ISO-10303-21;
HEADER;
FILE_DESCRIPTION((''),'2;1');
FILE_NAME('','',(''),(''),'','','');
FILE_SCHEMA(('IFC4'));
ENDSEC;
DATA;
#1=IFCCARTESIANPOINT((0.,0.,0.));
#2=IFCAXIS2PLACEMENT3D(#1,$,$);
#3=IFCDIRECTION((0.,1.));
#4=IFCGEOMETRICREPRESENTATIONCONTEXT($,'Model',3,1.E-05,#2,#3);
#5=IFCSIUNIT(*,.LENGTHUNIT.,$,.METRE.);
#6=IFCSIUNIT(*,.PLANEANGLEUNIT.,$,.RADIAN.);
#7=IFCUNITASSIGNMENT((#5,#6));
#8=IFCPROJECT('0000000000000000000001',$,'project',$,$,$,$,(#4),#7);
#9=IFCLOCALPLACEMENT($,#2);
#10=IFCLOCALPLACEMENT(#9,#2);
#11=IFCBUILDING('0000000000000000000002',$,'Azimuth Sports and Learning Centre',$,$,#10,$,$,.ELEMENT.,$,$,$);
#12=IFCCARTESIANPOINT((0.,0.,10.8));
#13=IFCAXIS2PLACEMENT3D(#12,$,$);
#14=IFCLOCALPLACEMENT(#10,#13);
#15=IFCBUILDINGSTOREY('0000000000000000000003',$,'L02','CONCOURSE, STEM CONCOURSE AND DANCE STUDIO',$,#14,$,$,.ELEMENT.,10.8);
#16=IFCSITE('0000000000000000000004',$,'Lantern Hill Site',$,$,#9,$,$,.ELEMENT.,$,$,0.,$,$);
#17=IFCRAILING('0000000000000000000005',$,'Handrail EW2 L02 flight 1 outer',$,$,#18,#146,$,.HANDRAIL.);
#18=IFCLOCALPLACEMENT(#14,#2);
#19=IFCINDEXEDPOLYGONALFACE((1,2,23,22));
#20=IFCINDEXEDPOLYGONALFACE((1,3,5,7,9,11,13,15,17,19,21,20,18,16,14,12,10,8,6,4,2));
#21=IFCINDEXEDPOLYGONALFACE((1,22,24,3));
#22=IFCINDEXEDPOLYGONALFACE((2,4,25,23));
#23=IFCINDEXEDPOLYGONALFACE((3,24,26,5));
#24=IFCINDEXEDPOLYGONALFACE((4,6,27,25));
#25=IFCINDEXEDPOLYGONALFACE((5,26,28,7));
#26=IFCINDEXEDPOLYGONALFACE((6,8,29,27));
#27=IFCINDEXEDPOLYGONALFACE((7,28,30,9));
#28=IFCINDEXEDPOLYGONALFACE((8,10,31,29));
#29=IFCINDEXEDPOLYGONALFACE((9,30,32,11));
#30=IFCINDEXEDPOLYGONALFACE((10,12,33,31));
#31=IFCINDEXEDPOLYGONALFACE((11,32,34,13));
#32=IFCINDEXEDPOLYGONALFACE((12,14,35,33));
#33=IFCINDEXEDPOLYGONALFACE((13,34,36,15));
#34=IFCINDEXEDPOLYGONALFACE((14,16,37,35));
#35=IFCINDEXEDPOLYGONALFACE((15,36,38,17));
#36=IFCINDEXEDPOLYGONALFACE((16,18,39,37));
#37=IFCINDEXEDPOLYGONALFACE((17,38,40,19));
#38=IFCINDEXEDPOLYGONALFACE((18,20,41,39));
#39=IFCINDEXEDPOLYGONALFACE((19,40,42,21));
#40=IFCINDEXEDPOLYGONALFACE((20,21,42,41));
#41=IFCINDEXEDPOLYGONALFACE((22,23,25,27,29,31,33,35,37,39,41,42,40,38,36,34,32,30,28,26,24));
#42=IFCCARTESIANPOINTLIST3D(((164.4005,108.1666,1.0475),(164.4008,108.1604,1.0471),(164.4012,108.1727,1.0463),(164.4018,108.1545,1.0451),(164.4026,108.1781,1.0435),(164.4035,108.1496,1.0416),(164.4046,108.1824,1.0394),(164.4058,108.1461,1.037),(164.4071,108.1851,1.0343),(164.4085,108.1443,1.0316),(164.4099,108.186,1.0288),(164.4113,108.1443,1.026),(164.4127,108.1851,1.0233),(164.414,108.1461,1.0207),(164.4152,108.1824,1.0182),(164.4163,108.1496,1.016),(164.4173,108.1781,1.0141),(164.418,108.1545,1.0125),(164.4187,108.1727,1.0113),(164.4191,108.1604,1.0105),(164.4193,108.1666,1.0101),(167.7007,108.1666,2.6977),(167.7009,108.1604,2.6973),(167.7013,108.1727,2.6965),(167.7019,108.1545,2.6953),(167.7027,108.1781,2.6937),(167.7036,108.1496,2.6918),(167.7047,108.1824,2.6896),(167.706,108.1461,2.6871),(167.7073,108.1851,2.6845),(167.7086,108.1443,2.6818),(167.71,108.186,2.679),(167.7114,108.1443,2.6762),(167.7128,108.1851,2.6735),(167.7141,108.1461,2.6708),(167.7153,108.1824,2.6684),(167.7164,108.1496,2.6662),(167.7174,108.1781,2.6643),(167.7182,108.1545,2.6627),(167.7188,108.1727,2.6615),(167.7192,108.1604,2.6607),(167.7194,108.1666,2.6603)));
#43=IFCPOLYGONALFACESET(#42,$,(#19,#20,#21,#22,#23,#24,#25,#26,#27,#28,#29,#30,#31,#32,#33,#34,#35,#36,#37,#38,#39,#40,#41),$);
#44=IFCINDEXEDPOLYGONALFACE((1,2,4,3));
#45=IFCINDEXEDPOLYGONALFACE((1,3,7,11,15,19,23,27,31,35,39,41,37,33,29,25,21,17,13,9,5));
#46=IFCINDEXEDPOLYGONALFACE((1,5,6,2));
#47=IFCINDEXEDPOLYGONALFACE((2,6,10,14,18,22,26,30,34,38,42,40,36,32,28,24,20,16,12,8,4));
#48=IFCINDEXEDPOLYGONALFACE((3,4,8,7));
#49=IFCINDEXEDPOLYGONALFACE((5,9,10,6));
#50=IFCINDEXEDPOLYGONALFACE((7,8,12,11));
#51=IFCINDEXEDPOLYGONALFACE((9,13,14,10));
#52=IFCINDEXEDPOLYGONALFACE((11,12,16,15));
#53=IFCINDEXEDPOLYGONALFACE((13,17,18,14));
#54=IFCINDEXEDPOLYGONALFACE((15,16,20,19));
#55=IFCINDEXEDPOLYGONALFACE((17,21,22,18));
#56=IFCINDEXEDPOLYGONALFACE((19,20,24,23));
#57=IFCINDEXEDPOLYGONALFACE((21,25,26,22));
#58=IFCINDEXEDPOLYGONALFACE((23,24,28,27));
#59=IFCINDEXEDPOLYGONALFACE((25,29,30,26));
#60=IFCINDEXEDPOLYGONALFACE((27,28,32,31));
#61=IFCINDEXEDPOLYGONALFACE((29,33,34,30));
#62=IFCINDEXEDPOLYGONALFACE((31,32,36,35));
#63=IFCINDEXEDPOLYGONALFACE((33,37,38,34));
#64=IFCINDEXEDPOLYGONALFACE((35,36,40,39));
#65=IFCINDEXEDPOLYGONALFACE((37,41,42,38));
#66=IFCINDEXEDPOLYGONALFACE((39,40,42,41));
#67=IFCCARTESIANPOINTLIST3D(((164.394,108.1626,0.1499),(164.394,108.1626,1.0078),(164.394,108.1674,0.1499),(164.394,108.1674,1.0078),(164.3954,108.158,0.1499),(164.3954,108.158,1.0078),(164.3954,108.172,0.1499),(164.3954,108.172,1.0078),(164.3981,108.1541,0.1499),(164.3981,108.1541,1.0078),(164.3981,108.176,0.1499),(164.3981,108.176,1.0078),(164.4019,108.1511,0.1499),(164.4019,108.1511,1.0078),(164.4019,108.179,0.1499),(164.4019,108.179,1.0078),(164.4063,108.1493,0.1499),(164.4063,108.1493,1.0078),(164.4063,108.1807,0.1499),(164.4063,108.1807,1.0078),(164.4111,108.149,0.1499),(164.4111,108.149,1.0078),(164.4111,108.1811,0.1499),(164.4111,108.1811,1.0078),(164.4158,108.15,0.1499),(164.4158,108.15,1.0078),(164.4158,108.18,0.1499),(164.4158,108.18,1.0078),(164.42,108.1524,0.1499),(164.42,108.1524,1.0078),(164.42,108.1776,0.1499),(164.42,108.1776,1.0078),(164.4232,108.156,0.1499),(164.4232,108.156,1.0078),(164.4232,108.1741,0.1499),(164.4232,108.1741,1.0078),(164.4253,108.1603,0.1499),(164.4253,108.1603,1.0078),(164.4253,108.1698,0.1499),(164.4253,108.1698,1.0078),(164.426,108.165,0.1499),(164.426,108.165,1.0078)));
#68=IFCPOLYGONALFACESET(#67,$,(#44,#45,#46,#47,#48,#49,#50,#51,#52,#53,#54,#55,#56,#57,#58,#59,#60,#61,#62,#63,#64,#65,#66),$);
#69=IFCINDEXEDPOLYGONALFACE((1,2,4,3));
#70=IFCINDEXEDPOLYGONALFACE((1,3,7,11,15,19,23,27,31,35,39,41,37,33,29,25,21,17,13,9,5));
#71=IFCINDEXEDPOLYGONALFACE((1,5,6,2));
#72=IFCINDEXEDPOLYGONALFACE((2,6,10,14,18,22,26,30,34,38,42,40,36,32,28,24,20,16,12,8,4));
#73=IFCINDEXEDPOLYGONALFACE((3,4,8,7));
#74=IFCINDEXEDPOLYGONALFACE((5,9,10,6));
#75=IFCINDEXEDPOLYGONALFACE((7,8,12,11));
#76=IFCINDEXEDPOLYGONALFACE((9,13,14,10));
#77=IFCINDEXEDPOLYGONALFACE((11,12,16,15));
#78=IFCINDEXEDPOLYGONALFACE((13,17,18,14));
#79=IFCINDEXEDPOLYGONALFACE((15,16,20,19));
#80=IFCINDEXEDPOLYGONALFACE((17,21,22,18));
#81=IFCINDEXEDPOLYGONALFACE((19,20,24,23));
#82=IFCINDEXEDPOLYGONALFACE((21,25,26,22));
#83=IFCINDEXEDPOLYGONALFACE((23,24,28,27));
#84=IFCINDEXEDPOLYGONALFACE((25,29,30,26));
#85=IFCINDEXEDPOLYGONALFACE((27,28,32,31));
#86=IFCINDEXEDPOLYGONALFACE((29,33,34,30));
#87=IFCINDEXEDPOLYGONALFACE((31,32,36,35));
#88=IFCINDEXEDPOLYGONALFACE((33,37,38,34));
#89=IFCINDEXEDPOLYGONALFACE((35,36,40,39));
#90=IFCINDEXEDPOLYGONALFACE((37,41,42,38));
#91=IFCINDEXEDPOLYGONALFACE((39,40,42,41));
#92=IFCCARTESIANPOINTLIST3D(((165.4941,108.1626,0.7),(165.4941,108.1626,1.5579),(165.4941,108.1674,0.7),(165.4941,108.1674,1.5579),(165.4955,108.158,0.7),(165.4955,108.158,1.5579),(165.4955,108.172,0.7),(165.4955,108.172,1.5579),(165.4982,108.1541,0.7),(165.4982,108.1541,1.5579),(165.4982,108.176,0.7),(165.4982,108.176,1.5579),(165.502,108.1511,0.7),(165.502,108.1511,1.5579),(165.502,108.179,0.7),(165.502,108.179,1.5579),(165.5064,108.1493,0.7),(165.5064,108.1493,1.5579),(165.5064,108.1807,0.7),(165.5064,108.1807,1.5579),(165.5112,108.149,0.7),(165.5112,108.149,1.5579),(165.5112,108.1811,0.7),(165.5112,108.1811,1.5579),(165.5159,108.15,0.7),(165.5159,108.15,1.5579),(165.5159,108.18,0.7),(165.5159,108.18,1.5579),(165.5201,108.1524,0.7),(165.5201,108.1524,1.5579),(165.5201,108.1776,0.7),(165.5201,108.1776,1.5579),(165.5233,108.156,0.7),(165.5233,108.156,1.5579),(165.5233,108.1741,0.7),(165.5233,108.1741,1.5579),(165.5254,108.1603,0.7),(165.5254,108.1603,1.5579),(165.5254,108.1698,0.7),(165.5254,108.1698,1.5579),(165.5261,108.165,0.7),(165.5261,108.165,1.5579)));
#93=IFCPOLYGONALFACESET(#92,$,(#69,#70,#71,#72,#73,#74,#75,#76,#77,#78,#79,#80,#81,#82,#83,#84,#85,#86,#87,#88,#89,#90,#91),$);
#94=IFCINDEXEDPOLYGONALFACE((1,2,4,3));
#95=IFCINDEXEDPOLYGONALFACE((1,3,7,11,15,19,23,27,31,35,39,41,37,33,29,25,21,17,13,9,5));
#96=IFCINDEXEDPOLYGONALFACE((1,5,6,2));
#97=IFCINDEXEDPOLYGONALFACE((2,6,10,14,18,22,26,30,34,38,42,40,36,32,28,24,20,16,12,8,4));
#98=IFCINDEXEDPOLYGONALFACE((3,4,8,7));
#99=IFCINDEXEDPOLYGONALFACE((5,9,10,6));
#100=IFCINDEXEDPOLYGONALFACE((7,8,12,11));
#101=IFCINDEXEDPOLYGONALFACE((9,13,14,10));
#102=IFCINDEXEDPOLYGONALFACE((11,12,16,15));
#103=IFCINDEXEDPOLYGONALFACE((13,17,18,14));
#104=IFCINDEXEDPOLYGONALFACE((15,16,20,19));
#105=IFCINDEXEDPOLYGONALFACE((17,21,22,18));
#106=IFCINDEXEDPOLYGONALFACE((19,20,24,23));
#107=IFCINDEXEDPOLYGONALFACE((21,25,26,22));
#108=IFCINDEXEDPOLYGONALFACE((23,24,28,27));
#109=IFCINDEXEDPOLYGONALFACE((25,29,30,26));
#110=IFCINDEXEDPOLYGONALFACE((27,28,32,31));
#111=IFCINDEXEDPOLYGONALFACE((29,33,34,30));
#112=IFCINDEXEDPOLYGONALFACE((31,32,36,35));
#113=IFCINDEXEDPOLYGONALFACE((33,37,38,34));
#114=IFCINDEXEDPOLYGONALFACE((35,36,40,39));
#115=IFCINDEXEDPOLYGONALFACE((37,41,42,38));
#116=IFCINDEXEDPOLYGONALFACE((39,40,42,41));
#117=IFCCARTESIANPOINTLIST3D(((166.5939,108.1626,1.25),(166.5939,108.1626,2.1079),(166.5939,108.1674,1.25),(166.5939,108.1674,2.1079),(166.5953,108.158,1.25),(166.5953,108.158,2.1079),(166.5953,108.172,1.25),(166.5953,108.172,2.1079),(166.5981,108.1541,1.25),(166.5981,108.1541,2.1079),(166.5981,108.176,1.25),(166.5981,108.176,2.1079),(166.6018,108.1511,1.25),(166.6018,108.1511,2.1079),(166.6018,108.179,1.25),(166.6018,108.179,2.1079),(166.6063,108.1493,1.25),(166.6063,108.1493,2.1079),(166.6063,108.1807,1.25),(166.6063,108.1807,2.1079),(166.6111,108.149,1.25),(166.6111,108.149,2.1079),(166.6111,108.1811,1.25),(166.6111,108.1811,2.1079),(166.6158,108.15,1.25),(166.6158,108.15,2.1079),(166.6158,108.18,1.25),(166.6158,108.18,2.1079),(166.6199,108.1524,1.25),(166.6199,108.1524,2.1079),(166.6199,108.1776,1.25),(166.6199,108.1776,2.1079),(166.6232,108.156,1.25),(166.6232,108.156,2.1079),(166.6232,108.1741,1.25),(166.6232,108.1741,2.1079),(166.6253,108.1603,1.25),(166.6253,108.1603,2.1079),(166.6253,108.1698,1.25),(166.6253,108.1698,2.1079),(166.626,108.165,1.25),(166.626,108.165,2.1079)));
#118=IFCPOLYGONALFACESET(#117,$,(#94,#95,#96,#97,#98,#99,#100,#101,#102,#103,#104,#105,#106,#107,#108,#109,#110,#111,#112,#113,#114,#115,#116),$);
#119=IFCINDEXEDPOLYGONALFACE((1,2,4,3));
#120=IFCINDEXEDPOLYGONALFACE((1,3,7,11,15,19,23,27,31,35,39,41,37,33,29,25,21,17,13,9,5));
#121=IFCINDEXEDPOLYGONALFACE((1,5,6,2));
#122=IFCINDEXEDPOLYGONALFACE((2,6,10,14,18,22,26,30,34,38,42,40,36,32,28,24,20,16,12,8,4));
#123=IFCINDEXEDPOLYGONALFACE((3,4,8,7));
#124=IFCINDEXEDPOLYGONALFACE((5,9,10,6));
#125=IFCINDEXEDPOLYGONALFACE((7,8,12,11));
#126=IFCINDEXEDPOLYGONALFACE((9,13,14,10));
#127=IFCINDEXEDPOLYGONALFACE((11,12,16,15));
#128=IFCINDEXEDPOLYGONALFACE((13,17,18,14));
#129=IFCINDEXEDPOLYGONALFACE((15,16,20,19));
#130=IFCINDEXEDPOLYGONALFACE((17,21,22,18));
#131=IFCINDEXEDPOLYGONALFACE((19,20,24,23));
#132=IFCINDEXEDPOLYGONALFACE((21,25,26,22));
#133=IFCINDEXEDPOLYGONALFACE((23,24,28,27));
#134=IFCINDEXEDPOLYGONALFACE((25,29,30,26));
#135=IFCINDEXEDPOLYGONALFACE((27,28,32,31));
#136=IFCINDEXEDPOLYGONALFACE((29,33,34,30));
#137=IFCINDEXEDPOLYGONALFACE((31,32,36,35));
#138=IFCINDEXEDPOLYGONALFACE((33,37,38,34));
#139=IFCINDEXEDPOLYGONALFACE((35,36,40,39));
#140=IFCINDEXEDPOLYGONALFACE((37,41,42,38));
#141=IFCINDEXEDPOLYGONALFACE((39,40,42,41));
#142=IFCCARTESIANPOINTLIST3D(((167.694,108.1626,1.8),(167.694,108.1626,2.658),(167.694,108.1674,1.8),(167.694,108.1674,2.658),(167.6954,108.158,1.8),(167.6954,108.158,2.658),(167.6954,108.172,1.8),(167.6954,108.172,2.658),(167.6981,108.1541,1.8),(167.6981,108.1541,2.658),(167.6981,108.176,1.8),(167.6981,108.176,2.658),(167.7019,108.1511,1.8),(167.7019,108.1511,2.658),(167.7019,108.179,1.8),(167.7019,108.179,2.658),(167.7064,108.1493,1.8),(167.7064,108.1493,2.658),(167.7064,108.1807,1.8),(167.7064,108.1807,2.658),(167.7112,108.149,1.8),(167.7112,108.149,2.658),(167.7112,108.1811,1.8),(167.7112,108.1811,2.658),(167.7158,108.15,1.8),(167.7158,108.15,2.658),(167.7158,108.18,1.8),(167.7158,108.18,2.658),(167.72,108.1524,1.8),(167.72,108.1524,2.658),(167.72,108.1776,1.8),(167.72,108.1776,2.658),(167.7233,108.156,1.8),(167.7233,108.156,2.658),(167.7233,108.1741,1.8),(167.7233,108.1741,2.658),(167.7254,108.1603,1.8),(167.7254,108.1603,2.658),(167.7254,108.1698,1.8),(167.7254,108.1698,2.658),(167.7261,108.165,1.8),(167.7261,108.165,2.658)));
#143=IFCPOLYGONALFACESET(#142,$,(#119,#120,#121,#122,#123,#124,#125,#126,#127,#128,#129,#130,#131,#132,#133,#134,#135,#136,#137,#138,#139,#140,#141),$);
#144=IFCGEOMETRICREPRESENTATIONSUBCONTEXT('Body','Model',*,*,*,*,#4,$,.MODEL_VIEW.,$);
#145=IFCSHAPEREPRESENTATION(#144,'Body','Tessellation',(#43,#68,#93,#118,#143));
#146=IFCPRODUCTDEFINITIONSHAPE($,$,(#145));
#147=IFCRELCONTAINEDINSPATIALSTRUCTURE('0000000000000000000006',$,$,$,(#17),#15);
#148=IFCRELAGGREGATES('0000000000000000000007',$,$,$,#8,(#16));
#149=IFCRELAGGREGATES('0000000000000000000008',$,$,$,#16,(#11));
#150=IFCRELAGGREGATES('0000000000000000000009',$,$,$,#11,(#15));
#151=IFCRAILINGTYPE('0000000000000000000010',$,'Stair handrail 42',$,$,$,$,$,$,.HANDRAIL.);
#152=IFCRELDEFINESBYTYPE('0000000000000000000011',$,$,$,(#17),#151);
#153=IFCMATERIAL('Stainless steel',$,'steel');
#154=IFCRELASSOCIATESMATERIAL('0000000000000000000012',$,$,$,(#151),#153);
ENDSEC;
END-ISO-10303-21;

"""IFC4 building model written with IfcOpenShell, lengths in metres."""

from ifc_helpers import new_model, si_unit, direction, frame, origin, origin_2d, place, context, subcontext, project, spatial, circle, extrude, material, type_object, element, save


model = new_model("IFC4")

# Units and contexts
model_context = context("Model", 3, precision=1e-05, world=origin(), true_north=direction((0.0, 1.0)))
body_context = subcontext(model_context, "Body", "Model", "MODEL_VIEW")
ifc_project = project(units=[si_unit("LENGTHUNIT", "METRE"), si_unit("PLANEANGLEUNIT", "RADIAN")], contexts=[model_context])

# Site, building, storey
site_placement = place(None, origin())
site = spatial("IfcSite", under=ifc_project, at=site_placement, Name="Lantern Hill Site", CompositionType="ELEMENT", RefElevation=0.0)
building_placement = place(site_placement, origin())
building = spatial("IfcBuilding", under=site, at=building_placement, Name="Azimuth Sports and Learning Centre", CompositionType="ELEMENT")
storey_placement = place(building_placement, frame((0.0, 0.0, 10.8)))
storey = spatial("IfcBuildingStorey", under=building, at=storey_placement, Name="L02", Description="CONCOURSE, STEM CONCOURSE AND DANCE STUDIO", CompositionType="ELEMENT", Elevation=10.8)

# Railing
ifc_material_1 = material(Name="Stainless steel", Category="steel")
railing_type_1 = type_object("IfcRailingType", Name="Stair handrail 42", PredefinedType="HANDRAIL", material=ifc_material_1)
for number, where, name in (
    (1, (164.4099, 108.165, 0.1499), "Handrail EW2 L02 flight 1 outer"),
):
    element("IfcRailing", number, at=place(storey_placement, frame(where)), inside=storey, type_object=railing_type_1, Name=name, PredefinedType="HANDRAIL", context=body_context, shape_type="SweptSolid", body=[
        extrude(circle(Radius=0.021, at=origin_2d()), frame((0.0, 0.0, 0.8789), z_axis=(0.894414, 0.0, 0.44724), x_axis=(0.0, 1.0, 0.0)), (0.0, 0.0, 1.0), 3.6897),
        extrude(circle(Radius=0.0161, at=origin_2d()), origin(), (0.0, 0.0, 1.0), 0.8579),
        extrude(circle(Radius=0.0161, at=origin_2d()), frame((1.1001, 0.0, 0.55)), (0.0, 0.0, 1.0), 0.8579),
        extrude(circle(Radius=0.0161, at=origin_2d()), frame((2.2, 0.0, 1.1001)), (0.0, 0.0, 1.0), 0.8579),
        extrude(circle(Radius=0.0161, at=origin_2d()), frame((3.3, 0.0, 1.6501)), (0.0, 0.0, 1.0), 0.8579),
    ])

save(model, "model.ifc")
